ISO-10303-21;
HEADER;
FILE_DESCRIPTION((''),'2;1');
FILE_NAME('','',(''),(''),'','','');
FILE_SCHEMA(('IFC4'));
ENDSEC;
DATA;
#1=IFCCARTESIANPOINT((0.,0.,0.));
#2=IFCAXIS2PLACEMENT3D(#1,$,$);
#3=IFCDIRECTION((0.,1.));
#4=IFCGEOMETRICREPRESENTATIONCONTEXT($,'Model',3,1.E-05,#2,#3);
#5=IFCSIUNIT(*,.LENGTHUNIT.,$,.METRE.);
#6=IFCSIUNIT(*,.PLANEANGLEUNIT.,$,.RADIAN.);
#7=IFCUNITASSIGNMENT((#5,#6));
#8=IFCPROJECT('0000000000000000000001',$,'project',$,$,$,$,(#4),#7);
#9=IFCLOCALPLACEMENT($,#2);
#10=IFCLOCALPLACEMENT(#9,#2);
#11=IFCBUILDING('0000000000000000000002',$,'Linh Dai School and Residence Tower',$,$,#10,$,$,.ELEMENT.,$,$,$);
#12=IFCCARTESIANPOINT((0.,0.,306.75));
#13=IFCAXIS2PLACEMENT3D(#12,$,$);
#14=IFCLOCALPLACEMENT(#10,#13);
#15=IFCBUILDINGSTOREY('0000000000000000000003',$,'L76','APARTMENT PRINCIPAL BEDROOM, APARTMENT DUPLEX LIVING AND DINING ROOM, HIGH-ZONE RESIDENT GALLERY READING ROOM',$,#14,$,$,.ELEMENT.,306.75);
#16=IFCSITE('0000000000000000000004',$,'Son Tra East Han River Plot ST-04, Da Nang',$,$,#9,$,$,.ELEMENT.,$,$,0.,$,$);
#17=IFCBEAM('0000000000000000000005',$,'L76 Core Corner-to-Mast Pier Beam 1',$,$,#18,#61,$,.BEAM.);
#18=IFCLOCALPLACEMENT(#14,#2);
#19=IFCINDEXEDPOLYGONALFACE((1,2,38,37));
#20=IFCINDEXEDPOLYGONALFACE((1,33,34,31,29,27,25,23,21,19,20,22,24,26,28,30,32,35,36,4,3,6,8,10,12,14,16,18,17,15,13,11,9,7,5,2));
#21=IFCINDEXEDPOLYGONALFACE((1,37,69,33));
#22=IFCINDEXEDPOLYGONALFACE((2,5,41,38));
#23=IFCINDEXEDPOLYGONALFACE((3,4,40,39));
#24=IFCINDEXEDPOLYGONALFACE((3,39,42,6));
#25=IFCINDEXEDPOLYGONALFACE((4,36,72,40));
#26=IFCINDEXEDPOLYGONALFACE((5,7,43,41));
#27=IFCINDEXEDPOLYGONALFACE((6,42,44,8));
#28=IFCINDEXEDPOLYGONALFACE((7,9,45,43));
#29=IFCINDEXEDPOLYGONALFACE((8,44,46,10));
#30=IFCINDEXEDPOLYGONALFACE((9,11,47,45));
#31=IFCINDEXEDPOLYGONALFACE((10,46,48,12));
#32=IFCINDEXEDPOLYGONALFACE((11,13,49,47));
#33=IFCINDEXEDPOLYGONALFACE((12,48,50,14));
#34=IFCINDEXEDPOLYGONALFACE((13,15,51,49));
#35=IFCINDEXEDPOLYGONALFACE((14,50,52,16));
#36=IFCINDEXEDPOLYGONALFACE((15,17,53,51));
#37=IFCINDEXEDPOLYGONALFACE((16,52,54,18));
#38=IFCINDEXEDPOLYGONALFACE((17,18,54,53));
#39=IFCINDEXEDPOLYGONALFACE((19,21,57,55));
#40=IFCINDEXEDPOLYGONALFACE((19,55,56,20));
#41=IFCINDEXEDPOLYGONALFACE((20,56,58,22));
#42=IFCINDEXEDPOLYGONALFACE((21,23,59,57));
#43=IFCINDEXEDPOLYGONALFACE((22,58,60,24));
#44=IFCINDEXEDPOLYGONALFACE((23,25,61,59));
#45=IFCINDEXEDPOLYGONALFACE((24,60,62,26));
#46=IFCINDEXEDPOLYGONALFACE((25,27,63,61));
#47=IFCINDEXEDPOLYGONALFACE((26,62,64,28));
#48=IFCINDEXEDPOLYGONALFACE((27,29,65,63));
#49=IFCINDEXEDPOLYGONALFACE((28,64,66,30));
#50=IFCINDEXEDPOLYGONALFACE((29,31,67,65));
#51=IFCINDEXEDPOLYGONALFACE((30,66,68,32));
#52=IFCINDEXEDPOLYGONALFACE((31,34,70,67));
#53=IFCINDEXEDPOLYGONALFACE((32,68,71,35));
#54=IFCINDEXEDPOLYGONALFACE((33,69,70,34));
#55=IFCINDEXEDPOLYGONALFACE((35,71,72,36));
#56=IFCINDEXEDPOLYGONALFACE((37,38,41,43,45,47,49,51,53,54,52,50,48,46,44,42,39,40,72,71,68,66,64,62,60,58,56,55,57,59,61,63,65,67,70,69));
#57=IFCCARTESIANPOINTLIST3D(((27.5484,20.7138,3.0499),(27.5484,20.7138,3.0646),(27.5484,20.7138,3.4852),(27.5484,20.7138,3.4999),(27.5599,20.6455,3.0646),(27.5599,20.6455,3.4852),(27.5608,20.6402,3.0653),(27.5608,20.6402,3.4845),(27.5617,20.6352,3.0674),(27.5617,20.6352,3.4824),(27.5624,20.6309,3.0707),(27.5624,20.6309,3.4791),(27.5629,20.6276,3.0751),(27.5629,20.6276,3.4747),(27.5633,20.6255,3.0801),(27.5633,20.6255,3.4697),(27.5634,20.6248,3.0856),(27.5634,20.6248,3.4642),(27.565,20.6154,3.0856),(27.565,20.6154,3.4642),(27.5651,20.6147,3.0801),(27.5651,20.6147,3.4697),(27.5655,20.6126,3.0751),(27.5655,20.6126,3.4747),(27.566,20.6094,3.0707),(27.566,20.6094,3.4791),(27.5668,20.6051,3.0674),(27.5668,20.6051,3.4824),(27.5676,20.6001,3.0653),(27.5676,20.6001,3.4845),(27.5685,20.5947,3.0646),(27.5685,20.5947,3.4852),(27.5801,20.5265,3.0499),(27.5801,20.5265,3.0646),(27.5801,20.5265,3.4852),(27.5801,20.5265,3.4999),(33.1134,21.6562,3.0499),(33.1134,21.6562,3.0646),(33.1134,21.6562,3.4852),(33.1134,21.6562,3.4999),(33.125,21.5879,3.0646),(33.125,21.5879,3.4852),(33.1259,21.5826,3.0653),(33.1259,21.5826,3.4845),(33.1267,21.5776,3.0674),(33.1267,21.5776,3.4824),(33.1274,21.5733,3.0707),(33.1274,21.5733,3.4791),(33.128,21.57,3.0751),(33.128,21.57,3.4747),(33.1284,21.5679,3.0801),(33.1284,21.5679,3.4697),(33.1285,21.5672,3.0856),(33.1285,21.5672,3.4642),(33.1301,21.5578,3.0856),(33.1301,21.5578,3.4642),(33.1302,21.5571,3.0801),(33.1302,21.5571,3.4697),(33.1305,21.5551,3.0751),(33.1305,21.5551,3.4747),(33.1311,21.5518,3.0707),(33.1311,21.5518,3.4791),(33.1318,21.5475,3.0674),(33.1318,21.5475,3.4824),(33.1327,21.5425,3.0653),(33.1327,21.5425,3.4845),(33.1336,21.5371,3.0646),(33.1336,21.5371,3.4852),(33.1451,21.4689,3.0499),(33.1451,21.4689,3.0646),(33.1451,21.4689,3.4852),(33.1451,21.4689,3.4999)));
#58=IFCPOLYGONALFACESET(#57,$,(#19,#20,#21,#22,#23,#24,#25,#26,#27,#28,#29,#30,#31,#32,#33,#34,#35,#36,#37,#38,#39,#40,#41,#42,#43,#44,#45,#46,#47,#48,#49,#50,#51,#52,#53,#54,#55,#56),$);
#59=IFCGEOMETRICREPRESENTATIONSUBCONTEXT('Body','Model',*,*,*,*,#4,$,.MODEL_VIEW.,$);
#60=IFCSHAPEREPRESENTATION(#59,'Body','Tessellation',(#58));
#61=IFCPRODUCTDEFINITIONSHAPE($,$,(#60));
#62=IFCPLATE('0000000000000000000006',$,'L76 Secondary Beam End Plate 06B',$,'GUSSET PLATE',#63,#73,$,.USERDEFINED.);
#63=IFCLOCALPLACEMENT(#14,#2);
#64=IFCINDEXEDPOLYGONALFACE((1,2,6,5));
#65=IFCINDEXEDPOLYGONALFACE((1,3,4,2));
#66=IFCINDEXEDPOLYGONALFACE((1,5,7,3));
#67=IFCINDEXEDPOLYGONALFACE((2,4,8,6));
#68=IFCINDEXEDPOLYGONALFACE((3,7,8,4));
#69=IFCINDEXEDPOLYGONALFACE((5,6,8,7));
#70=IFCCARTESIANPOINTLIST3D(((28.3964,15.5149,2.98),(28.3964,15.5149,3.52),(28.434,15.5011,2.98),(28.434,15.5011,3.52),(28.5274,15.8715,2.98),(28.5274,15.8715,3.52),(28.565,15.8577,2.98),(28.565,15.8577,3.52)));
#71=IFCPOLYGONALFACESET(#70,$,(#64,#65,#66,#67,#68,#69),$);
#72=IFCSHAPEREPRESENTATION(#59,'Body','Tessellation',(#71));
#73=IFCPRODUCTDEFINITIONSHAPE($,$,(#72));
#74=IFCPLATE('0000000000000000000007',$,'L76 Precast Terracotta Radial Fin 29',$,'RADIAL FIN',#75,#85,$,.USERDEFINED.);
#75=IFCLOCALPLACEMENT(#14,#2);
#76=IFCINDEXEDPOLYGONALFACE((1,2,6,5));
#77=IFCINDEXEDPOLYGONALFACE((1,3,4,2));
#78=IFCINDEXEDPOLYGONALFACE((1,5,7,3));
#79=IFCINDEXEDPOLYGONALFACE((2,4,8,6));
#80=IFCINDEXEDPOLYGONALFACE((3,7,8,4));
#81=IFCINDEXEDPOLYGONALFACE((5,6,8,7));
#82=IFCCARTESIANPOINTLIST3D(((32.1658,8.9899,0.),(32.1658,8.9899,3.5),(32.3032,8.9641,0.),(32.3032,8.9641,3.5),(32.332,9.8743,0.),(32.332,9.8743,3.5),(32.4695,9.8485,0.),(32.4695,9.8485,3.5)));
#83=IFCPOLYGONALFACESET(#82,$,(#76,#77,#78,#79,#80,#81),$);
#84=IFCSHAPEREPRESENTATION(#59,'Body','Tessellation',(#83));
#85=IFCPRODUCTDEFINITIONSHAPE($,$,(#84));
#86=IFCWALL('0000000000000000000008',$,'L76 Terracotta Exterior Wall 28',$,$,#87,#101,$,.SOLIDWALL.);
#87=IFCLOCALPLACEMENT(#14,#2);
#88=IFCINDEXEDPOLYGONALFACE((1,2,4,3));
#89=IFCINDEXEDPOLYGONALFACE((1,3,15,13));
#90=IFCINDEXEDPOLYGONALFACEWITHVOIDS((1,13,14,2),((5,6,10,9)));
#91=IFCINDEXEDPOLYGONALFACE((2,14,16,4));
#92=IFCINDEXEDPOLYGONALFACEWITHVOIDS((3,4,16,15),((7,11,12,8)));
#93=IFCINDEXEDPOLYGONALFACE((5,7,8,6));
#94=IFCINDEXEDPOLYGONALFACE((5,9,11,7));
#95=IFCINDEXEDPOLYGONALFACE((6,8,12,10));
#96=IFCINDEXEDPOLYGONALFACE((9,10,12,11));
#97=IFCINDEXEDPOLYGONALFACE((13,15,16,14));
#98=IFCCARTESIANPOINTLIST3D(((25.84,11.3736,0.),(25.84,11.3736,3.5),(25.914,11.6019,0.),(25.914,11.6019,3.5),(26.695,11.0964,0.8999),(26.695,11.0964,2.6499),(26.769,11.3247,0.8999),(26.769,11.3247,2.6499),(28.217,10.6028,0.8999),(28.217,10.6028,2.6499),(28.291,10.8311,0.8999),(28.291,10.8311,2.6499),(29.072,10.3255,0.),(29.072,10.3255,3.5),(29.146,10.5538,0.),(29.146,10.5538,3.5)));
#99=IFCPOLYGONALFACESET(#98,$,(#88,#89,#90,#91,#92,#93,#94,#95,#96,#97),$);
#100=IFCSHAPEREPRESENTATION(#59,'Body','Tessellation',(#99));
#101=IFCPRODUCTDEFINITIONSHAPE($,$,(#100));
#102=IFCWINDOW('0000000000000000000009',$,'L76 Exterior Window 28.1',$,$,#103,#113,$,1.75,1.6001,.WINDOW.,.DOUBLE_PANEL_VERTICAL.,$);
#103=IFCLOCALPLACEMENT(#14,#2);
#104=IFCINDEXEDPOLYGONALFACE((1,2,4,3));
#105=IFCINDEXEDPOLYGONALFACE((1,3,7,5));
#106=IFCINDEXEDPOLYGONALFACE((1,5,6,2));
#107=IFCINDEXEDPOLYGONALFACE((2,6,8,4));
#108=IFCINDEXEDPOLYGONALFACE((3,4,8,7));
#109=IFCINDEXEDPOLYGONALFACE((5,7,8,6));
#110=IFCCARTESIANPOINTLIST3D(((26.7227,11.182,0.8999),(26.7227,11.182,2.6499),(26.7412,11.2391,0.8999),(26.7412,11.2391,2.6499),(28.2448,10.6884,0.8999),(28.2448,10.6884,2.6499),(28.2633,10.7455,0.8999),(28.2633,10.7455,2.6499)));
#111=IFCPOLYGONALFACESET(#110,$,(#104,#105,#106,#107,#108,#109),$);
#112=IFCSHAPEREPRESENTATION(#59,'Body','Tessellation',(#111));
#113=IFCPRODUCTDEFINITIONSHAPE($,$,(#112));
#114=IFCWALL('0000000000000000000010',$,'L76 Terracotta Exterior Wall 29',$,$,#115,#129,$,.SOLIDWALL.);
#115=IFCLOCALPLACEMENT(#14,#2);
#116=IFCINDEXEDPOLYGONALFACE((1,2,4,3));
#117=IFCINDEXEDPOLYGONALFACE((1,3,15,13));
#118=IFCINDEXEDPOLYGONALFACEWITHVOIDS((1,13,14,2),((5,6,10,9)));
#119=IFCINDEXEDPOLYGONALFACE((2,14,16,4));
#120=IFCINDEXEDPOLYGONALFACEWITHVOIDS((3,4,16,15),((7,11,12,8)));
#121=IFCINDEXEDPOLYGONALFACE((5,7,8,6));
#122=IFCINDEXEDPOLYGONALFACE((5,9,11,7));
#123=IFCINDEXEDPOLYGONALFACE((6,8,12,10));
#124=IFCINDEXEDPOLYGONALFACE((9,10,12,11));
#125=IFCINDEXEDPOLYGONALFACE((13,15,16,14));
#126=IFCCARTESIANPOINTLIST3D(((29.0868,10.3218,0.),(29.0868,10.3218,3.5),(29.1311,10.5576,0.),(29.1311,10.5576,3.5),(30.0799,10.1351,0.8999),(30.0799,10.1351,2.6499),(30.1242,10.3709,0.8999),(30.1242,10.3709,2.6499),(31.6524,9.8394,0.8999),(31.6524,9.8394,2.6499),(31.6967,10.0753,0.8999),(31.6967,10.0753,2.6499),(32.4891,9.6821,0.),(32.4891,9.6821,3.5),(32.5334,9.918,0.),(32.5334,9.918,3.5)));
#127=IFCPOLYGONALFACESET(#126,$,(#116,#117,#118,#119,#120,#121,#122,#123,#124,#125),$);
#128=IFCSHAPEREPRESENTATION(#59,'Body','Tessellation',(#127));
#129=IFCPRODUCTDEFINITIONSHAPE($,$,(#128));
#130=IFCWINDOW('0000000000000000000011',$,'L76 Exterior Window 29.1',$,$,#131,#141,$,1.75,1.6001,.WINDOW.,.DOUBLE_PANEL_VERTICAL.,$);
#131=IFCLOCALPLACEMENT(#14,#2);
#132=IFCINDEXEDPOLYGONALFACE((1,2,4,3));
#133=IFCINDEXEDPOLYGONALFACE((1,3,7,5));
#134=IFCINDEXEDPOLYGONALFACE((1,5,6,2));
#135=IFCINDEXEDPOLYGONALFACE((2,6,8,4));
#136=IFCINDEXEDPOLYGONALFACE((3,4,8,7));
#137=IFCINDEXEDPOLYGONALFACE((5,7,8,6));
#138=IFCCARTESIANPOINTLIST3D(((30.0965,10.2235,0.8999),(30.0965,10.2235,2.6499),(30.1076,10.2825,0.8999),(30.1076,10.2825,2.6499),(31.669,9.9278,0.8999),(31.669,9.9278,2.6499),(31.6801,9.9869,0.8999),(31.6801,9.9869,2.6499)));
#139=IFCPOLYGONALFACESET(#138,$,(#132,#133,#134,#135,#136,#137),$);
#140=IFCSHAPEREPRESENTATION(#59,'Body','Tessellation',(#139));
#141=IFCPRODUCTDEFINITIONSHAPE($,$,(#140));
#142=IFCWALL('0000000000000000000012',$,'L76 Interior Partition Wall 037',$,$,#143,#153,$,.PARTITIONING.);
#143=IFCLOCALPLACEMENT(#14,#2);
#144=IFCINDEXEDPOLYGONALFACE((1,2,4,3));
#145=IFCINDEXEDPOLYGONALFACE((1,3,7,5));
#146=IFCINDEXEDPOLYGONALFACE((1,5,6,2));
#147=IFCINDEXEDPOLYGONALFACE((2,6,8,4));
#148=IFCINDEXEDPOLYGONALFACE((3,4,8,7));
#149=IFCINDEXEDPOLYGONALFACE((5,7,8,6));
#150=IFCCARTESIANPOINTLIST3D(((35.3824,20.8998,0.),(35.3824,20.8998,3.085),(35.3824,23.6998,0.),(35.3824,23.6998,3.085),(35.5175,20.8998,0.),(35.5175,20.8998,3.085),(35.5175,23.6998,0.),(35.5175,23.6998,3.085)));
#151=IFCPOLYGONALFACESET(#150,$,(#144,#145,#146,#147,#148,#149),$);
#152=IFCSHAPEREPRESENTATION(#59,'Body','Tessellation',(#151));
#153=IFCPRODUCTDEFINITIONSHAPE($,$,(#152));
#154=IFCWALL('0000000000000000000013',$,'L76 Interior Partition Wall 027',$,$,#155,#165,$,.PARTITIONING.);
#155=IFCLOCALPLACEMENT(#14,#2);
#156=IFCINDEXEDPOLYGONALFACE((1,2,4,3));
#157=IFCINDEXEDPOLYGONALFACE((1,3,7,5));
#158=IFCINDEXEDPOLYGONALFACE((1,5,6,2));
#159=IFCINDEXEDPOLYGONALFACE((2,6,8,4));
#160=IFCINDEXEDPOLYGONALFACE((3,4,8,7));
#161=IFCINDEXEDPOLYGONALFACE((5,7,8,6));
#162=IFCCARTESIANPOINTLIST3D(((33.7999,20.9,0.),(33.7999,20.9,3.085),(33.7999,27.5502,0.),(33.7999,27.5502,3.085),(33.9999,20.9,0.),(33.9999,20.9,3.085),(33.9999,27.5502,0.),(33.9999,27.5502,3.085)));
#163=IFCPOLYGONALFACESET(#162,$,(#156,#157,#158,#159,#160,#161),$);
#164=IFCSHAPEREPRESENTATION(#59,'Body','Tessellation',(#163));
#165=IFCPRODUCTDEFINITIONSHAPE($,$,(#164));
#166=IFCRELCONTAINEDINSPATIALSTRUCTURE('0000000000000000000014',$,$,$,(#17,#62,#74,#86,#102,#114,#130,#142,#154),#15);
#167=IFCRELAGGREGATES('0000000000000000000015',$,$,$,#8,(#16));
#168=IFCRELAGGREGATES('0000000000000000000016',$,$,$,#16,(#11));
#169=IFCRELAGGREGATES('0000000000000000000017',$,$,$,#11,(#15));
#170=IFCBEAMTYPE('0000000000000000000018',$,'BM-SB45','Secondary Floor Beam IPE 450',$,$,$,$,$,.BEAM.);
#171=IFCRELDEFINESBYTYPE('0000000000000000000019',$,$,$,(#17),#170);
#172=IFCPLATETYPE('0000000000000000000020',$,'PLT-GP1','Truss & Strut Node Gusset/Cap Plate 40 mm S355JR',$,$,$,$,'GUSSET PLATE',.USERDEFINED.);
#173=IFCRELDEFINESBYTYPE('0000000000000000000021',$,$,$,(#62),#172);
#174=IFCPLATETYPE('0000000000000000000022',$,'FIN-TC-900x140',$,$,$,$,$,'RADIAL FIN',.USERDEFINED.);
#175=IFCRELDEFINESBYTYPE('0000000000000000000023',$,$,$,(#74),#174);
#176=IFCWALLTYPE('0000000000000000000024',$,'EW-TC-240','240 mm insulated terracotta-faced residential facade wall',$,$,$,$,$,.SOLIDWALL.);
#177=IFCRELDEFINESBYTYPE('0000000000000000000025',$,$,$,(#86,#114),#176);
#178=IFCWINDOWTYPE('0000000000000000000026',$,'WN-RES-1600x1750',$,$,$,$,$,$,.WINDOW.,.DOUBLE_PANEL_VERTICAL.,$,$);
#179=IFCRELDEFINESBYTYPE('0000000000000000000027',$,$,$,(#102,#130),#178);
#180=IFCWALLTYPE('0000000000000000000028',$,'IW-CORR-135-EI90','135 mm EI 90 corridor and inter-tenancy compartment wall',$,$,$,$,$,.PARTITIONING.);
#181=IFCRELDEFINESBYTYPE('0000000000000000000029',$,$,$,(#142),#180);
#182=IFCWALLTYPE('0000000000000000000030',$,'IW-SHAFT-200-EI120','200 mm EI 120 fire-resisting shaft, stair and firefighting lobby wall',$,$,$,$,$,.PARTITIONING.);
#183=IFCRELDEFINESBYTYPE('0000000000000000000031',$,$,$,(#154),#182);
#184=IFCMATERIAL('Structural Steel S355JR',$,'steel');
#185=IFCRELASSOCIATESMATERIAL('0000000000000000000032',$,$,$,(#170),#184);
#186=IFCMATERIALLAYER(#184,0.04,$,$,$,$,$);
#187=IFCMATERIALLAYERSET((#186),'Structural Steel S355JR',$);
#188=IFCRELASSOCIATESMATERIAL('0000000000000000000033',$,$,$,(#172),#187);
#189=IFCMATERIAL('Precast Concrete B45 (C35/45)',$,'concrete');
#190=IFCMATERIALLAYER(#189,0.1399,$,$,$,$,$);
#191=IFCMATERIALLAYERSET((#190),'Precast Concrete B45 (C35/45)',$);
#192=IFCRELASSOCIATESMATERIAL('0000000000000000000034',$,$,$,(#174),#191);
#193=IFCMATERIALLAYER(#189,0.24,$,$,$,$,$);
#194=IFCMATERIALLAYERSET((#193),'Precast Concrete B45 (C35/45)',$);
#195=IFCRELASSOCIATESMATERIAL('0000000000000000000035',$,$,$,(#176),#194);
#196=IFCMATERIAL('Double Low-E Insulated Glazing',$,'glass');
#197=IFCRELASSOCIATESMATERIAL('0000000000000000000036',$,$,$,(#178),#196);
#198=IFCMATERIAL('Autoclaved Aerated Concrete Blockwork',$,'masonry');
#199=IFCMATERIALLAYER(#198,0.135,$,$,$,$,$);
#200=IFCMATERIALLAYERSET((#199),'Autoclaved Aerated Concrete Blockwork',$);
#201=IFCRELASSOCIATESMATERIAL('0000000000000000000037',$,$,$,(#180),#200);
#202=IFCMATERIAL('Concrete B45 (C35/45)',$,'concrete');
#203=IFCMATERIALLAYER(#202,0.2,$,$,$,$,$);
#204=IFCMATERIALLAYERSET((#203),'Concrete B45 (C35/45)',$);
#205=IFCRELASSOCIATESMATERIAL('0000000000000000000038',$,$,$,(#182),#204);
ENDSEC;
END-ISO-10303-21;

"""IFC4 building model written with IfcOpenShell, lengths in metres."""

from ifc_helpers import new_model, si_unit, direction, frame, frame_2d, origin, origin_2d, place, context, subcontext, project, spatial, rectangle, i_section, extrude, source, transform, mapped, material, layer, layer_set, material_profile, profile_set, type_object, element, fill, save


model = new_model("IFC4")

# Units and contexts
model_context = context("Model", 3, precision=1e-05, world=origin(), true_north=direction((0.0, 1.0)))
body_context = subcontext(model_context, "Body", "Model", "MODEL_VIEW")
ifc_project = project(units=[si_unit("LENGTHUNIT", "METRE"), si_unit("PLANEANGLEUNIT", "RADIAN")], contexts=[model_context])

# Site, building, storey
site_placement = place(None, origin())
site = spatial("IfcSite", under=ifc_project, at=site_placement, Name="Son Tra East Han River Plot ST-04, Da Nang", CompositionType="ELEMENT", RefElevation=0.0)
building_placement = place(site_placement, origin())
building = spatial("IfcBuilding", under=site, at=building_placement, Name="Linh Dai School and Residence Tower", CompositionType="ELEMENT")
storey_placement = place(building_placement, frame((0.0, 0.0, 306.75)))
storey = spatial("IfcBuildingStorey", under=building, at=storey_placement, Name="L76", Description="APARTMENT PRINCIPAL BEDROOM, APARTMENT DUPLEX LIVING AND DINING ROOM, HIGH-ZONE RESIDENT GALLERY READING ROOM", CompositionType="ELEMENT", Elevation=306.75)

# Shared definitions
ifc_material_1 = material(Name="Structural Steel S355JR", Category="steel")

# Beam
ifc_material_profile_1 = material_profile(ifc_material_1, i_section(OverallWidth=0.1899, OverallDepth=0.45, WebThickness=0.0095, FlangeThickness=0.0146, FilletRadius=0.021, at=origin_2d()), Name="IPE 450")
ifc_profile_set_1 = profile_set([ifc_material_profile_1], Name="Structural Steel S355JR")
beam_type_1 = type_object("IfcBeamType", Name="BM-SB45", Description="Secondary Floor Beam IPE 450", PredefinedType="BEAM", material=ifc_profile_set_1)
beam_1_placement = place(storey_placement, frame((27.5642, 20.6201, 3.2749), z_axis=(0.985963, 0.166966, 0.0), x_axis=(-0.166966, 0.985963, 0.0)))
element("IfcBeam", 1, at=beam_1_placement, inside=storey, type_object=beam_type_1, Name="L76 Core Corner-to-Mast Pier Beam 1", PredefinedType="BEAM", context=body_context, shape_type="SweptSolid", body=[
    extrude(i_section(OverallWidth=0.1899, OverallDepth=0.45, WebThickness=0.0095, FlangeThickness=0.0146, FilletRadius=0.021, at=origin_2d()), origin(), (0.0, 0.0, 1.0), 5.6443),
])

# Plates
ifc_layer_1 = layer(ifc_material_1, 0.04)
ifc_layer_set_1 = layer_set([ifc_layer_1], Name="Structural Steel S355JR")
plate_type_1 = type_object("IfcPlateType", Name="PLT-GP1", Description="Truss & Strut Node Gusset/Cap Plate 40 mm S355JR", ElementType="GUSSET PLATE", PredefinedType="USERDEFINED", material=ifc_layer_set_1)
shared_shape_1 = source(origin(), body_context, "Body", "SweptSolid", [
    extrude(rectangle(XDim=0.04, YDim=0.3799, at=origin_2d()), origin(), (0.0, 0.0, 1.0), 0.54),
])
plate_1_placement = place(storey_placement, frame((28.4807, 15.6863, 2.98), z_axis=(0.0, 0.0, 1.0), x_axis=(0.938695, -0.344748, 0.0)))
element("IfcPlate", 2, at=plate_1_placement, inside=storey, type_object=plate_type_1, Name="L76 Secondary Beam End Plate 06B", ObjectType="GUSSET PLATE", PredefinedType="USERDEFINED", context=body_context, shape_type="MappedRepresentation", body=[
    mapped(shared_shape_1, transform((0.0, 0.0, 0.0), x_axis=(1.0, 0.0, 0.0), y_axis=(0.0, 1.0, 0.0), z_axis=(0.0, 0.0, 1.0), scale=1.0)),
])
ifc_material_2 = material(Name="Precast Concrete B45 (C35/45)", Category="concrete")
ifc_layer_2 = layer(ifc_material_2, 0.1399)
ifc_layer_set_2 = layer_set([ifc_layer_2], Name="Precast Concrete B45 (C35/45)")
plate_type_2 = type_object("IfcPlateType", Name="FIN-TC-900x140", ElementType="RADIAL FIN", PredefinedType="USERDEFINED", material=ifc_layer_set_2)
shared_shape_2 = source(origin(), body_context, "Body", "SweptSolid", [
    extrude(rectangle(XDim=0.8999, YDim=0.1399, at=origin_2d()), origin(), (0.0, 0.0, 1.0), 3.5),
])
plate_2_placement = place(storey_placement, frame((32.3176, 9.4192, 0.0), z_axis=(0.0, 0.0, 1.0), x_axis=(-0.184751, -0.982785, 0.0)))
element("IfcPlate", 3, at=plate_2_placement, inside=storey, type_object=plate_type_2, Name="L76 Precast Terracotta Radial Fin 29", ObjectType="RADIAL FIN", PredefinedType="USERDEFINED", context=body_context, shape_type="MappedRepresentation", body=[
    mapped(shared_shape_2, transform((0.0, 0.0, 0.0), x_axis=(1.0, 0.0, 0.0), y_axis=(0.0, 1.0, 0.0), z_axis=(0.0, 0.0, 1.0), scale=1.0)),
])

# Walls, openings, windows
ifc_layer_3 = layer(ifc_material_2, 0.24)
ifc_layer_set_3 = layer_set([ifc_layer_3], Name="Precast Concrete B45 (C35/45)")
wall_type_1 = type_object("IfcWallType", Name="EW-TC-240", Description="240 mm insulated terracotta-faced residential facade wall", PredefinedType="SOLIDWALL", material=ifc_layer_set_3)
wall_1_placement = place(storey_placement, frame((29.1089, 10.4397, 0.0), z_axis=(0.0, 0.0, 1.0), x_axis=(-0.951231, 0.308478, 0.0)))
wall_1 = element("IfcWall", 4, at=wall_1_placement, inside=storey, type_object=wall_type_1, Name="L76 Terracotta Exterior Wall 28", PredefinedType="SOLIDWALL", context=body_context, shape_type="SweptSolid", body=[
    extrude(rectangle(XDim=3.3977, YDim=0.24, at=frame_2d((1.6987, 0.0))), origin(), (0.0, 0.0, 1.0), 3.5),
])
opening_1_placement = place(wall_1_placement, frame((0.8987, 0.0, 0.8999)))
opening_1 = element("IfcOpeningElement", 5, at=opening_1_placement, cuts=wall_1, PredefinedType="OPENING", context=body_context, shape_type="SweptSolid", body=[
    extrude(rectangle(XDim=1.6001, YDim=1.75, at=origin_2d()), frame((0.8, 0.1299, 0.875), z_axis=(0.0, -1.0, 0.0), x_axis=(1.0, 0.0, 0.0)), (0.0, 0.0, 1.0), 0.26),
])
ifc_material_3 = material(Name="Double Low-E Insulated Glazing", Category="glass")
window_type = type_object("IfcWindowType", Name="WN-RES-1600x1750", PartitioningType="DOUBLE_PANEL_VERTICAL", PredefinedType="WINDOW", material=ifc_material_3)
shared_shape_3 = source(origin(), body_context, "Body", "SweptSolid", [
    extrude(rectangle(XDim=1.6001, YDim=1.75, at=origin_2d()), frame((0.8, 0.03, 0.875), z_axis=(0.0, -1.0, 0.0), x_axis=(1.0, 0.0, 0.0)), (0.0, 0.0, 1.0), 0.0601),
])
window_1_placement = place(opening_1_placement, origin())
window_1 = element("IfcWindow", 6, at=window_1_placement, inside=storey, type_object=window_type, Name="L76 Exterior Window 28.1", OverallHeight=1.75, OverallWidth=1.6001, PartitioningType="DOUBLE_PANEL_VERTICAL", PredefinedType="WINDOW", context=body_context, shape_type="MappedRepresentation", body=[
    mapped(shared_shape_3, transform((0.0, 0.0, 0.0), x_axis=(1.0, 0.0, 0.0), y_axis=(0.0, 1.0, 0.0), z_axis=(0.0, 0.0, 1.0), scale=1.0)),
])
fill(opening_1, window_1)
wall_2_placement = place(storey_placement, frame((32.5112, 9.8, 0.0), z_axis=(0.0, 0.0, 1.0), x_axis=(-0.982783, 0.184765, 0.0)))
wall_2 = element("IfcWall", 7, at=wall_2_placement, inside=storey, type_object=wall_type_1, Name="L76 Terracotta Exterior Wall 29", PredefinedType="SOLIDWALL", context=body_context, shape_type="SweptSolid", body=[
    extrude(rectangle(XDim=3.4619, YDim=0.24, at=frame_2d((1.731, 0.0))), origin(), (0.0, 0.0, 1.0), 3.5),
])
opening_2_placement = place(wall_2_placement, frame((0.8513, 0.0, 0.8999)))
opening_2 = element("IfcOpeningElement", 8, at=opening_2_placement, cuts=wall_2, PredefinedType="OPENING", context=body_context, shape_type="SweptSolid", body=[
    extrude(rectangle(XDim=1.6001, YDim=1.75, at=origin_2d()), frame((0.8, 0.1299, 0.875), z_axis=(0.0, -1.0, 0.0), x_axis=(1.0, 0.0, 0.0)), (0.0, 0.0, 1.0), 0.26),
])
window_2_placement = place(opening_2_placement, origin())
window_2 = element("IfcWindow", 9, at=window_2_placement, inside=storey, type_object=window_type, Name="L76 Exterior Window 29.1", OverallHeight=1.75, OverallWidth=1.6001, PartitioningType="DOUBLE_PANEL_VERTICAL", PredefinedType="WINDOW", context=body_context, shape_type="MappedRepresentation", body=[
    mapped(shared_shape_3, transform((0.0, 0.0, 0.0), x_axis=(1.0, 0.0, 0.0), y_axis=(0.0, 1.0, 0.0), z_axis=(0.0, 0.0, 1.0), scale=1.0)),
])
fill(opening_2, window_2)

# Wall
ifc_material_4 = material(Name="Autoclaved Aerated Concrete Blockwork", Category="masonry")
ifc_layer_4 = layer(ifc_material_4, 0.135)
ifc_layer_set_4 = layer_set([ifc_layer_4], Name="Autoclaved Aerated Concrete Blockwork")
wall_type_2 = type_object("IfcWallType", Name="IW-CORR-135-EI90", Description="135 mm EI 90 corridor and inter-tenancy compartment wall", PredefinedType="PARTITIONING", material=ifc_layer_set_4)
wall_3_placement = place(storey_placement, frame((35.45, 20.8999, 0.0), z_axis=(0.0, 0.0, 1.0), x_axis=(0.0, 1.0, 0.0)))
element("IfcWall", 10, at=wall_3_placement, inside=storey, type_object=wall_type_2, Name="L76 Interior Partition Wall 037", PredefinedType="PARTITIONING", context=body_context, shape_type="SweptSolid", body=[
    extrude(rectangle(XDim=2.8, YDim=0.135, at=frame_2d((1.3999, 0.0))), origin(), (0.0, 0.0, 1.0), 3.085),
])

# Wall
ifc_material_5 = material(Name="Concrete B45 (C35/45)", Category="concrete")
ifc_layer_5 = layer(ifc_material_5, 0.2)
ifc_layer_set_5 = layer_set([ifc_layer_5], Name="Concrete B45 (C35/45)")
wall_type_3 = type_object("IfcWallType", Name="IW-SHAFT-200-EI120", Description="200 mm EI 120 fire-resisting shaft, stair and firefighting lobby wall", PredefinedType="PARTITIONING", material=ifc_layer_set_5)
wall_4_placement = place(storey_placement, frame((33.8999, 20.8999, 0.0), z_axis=(0.0, 0.0, 1.0), x_axis=(0.0, 1.0, 0.0)))
element("IfcWall", 11, at=wall_4_placement, inside=storey, type_object=wall_type_3, Name="L76 Interior Partition Wall 027", PredefinedType="PARTITIONING", context=body_context, shape_type="SweptSolid", body=[
    extrude(rectangle(XDim=6.6501, YDim=0.2, at=frame_2d((3.3252, 0.0))), origin(), (0.0, 0.0, 1.0), 3.085),
])

save(model, "model.ifc")
